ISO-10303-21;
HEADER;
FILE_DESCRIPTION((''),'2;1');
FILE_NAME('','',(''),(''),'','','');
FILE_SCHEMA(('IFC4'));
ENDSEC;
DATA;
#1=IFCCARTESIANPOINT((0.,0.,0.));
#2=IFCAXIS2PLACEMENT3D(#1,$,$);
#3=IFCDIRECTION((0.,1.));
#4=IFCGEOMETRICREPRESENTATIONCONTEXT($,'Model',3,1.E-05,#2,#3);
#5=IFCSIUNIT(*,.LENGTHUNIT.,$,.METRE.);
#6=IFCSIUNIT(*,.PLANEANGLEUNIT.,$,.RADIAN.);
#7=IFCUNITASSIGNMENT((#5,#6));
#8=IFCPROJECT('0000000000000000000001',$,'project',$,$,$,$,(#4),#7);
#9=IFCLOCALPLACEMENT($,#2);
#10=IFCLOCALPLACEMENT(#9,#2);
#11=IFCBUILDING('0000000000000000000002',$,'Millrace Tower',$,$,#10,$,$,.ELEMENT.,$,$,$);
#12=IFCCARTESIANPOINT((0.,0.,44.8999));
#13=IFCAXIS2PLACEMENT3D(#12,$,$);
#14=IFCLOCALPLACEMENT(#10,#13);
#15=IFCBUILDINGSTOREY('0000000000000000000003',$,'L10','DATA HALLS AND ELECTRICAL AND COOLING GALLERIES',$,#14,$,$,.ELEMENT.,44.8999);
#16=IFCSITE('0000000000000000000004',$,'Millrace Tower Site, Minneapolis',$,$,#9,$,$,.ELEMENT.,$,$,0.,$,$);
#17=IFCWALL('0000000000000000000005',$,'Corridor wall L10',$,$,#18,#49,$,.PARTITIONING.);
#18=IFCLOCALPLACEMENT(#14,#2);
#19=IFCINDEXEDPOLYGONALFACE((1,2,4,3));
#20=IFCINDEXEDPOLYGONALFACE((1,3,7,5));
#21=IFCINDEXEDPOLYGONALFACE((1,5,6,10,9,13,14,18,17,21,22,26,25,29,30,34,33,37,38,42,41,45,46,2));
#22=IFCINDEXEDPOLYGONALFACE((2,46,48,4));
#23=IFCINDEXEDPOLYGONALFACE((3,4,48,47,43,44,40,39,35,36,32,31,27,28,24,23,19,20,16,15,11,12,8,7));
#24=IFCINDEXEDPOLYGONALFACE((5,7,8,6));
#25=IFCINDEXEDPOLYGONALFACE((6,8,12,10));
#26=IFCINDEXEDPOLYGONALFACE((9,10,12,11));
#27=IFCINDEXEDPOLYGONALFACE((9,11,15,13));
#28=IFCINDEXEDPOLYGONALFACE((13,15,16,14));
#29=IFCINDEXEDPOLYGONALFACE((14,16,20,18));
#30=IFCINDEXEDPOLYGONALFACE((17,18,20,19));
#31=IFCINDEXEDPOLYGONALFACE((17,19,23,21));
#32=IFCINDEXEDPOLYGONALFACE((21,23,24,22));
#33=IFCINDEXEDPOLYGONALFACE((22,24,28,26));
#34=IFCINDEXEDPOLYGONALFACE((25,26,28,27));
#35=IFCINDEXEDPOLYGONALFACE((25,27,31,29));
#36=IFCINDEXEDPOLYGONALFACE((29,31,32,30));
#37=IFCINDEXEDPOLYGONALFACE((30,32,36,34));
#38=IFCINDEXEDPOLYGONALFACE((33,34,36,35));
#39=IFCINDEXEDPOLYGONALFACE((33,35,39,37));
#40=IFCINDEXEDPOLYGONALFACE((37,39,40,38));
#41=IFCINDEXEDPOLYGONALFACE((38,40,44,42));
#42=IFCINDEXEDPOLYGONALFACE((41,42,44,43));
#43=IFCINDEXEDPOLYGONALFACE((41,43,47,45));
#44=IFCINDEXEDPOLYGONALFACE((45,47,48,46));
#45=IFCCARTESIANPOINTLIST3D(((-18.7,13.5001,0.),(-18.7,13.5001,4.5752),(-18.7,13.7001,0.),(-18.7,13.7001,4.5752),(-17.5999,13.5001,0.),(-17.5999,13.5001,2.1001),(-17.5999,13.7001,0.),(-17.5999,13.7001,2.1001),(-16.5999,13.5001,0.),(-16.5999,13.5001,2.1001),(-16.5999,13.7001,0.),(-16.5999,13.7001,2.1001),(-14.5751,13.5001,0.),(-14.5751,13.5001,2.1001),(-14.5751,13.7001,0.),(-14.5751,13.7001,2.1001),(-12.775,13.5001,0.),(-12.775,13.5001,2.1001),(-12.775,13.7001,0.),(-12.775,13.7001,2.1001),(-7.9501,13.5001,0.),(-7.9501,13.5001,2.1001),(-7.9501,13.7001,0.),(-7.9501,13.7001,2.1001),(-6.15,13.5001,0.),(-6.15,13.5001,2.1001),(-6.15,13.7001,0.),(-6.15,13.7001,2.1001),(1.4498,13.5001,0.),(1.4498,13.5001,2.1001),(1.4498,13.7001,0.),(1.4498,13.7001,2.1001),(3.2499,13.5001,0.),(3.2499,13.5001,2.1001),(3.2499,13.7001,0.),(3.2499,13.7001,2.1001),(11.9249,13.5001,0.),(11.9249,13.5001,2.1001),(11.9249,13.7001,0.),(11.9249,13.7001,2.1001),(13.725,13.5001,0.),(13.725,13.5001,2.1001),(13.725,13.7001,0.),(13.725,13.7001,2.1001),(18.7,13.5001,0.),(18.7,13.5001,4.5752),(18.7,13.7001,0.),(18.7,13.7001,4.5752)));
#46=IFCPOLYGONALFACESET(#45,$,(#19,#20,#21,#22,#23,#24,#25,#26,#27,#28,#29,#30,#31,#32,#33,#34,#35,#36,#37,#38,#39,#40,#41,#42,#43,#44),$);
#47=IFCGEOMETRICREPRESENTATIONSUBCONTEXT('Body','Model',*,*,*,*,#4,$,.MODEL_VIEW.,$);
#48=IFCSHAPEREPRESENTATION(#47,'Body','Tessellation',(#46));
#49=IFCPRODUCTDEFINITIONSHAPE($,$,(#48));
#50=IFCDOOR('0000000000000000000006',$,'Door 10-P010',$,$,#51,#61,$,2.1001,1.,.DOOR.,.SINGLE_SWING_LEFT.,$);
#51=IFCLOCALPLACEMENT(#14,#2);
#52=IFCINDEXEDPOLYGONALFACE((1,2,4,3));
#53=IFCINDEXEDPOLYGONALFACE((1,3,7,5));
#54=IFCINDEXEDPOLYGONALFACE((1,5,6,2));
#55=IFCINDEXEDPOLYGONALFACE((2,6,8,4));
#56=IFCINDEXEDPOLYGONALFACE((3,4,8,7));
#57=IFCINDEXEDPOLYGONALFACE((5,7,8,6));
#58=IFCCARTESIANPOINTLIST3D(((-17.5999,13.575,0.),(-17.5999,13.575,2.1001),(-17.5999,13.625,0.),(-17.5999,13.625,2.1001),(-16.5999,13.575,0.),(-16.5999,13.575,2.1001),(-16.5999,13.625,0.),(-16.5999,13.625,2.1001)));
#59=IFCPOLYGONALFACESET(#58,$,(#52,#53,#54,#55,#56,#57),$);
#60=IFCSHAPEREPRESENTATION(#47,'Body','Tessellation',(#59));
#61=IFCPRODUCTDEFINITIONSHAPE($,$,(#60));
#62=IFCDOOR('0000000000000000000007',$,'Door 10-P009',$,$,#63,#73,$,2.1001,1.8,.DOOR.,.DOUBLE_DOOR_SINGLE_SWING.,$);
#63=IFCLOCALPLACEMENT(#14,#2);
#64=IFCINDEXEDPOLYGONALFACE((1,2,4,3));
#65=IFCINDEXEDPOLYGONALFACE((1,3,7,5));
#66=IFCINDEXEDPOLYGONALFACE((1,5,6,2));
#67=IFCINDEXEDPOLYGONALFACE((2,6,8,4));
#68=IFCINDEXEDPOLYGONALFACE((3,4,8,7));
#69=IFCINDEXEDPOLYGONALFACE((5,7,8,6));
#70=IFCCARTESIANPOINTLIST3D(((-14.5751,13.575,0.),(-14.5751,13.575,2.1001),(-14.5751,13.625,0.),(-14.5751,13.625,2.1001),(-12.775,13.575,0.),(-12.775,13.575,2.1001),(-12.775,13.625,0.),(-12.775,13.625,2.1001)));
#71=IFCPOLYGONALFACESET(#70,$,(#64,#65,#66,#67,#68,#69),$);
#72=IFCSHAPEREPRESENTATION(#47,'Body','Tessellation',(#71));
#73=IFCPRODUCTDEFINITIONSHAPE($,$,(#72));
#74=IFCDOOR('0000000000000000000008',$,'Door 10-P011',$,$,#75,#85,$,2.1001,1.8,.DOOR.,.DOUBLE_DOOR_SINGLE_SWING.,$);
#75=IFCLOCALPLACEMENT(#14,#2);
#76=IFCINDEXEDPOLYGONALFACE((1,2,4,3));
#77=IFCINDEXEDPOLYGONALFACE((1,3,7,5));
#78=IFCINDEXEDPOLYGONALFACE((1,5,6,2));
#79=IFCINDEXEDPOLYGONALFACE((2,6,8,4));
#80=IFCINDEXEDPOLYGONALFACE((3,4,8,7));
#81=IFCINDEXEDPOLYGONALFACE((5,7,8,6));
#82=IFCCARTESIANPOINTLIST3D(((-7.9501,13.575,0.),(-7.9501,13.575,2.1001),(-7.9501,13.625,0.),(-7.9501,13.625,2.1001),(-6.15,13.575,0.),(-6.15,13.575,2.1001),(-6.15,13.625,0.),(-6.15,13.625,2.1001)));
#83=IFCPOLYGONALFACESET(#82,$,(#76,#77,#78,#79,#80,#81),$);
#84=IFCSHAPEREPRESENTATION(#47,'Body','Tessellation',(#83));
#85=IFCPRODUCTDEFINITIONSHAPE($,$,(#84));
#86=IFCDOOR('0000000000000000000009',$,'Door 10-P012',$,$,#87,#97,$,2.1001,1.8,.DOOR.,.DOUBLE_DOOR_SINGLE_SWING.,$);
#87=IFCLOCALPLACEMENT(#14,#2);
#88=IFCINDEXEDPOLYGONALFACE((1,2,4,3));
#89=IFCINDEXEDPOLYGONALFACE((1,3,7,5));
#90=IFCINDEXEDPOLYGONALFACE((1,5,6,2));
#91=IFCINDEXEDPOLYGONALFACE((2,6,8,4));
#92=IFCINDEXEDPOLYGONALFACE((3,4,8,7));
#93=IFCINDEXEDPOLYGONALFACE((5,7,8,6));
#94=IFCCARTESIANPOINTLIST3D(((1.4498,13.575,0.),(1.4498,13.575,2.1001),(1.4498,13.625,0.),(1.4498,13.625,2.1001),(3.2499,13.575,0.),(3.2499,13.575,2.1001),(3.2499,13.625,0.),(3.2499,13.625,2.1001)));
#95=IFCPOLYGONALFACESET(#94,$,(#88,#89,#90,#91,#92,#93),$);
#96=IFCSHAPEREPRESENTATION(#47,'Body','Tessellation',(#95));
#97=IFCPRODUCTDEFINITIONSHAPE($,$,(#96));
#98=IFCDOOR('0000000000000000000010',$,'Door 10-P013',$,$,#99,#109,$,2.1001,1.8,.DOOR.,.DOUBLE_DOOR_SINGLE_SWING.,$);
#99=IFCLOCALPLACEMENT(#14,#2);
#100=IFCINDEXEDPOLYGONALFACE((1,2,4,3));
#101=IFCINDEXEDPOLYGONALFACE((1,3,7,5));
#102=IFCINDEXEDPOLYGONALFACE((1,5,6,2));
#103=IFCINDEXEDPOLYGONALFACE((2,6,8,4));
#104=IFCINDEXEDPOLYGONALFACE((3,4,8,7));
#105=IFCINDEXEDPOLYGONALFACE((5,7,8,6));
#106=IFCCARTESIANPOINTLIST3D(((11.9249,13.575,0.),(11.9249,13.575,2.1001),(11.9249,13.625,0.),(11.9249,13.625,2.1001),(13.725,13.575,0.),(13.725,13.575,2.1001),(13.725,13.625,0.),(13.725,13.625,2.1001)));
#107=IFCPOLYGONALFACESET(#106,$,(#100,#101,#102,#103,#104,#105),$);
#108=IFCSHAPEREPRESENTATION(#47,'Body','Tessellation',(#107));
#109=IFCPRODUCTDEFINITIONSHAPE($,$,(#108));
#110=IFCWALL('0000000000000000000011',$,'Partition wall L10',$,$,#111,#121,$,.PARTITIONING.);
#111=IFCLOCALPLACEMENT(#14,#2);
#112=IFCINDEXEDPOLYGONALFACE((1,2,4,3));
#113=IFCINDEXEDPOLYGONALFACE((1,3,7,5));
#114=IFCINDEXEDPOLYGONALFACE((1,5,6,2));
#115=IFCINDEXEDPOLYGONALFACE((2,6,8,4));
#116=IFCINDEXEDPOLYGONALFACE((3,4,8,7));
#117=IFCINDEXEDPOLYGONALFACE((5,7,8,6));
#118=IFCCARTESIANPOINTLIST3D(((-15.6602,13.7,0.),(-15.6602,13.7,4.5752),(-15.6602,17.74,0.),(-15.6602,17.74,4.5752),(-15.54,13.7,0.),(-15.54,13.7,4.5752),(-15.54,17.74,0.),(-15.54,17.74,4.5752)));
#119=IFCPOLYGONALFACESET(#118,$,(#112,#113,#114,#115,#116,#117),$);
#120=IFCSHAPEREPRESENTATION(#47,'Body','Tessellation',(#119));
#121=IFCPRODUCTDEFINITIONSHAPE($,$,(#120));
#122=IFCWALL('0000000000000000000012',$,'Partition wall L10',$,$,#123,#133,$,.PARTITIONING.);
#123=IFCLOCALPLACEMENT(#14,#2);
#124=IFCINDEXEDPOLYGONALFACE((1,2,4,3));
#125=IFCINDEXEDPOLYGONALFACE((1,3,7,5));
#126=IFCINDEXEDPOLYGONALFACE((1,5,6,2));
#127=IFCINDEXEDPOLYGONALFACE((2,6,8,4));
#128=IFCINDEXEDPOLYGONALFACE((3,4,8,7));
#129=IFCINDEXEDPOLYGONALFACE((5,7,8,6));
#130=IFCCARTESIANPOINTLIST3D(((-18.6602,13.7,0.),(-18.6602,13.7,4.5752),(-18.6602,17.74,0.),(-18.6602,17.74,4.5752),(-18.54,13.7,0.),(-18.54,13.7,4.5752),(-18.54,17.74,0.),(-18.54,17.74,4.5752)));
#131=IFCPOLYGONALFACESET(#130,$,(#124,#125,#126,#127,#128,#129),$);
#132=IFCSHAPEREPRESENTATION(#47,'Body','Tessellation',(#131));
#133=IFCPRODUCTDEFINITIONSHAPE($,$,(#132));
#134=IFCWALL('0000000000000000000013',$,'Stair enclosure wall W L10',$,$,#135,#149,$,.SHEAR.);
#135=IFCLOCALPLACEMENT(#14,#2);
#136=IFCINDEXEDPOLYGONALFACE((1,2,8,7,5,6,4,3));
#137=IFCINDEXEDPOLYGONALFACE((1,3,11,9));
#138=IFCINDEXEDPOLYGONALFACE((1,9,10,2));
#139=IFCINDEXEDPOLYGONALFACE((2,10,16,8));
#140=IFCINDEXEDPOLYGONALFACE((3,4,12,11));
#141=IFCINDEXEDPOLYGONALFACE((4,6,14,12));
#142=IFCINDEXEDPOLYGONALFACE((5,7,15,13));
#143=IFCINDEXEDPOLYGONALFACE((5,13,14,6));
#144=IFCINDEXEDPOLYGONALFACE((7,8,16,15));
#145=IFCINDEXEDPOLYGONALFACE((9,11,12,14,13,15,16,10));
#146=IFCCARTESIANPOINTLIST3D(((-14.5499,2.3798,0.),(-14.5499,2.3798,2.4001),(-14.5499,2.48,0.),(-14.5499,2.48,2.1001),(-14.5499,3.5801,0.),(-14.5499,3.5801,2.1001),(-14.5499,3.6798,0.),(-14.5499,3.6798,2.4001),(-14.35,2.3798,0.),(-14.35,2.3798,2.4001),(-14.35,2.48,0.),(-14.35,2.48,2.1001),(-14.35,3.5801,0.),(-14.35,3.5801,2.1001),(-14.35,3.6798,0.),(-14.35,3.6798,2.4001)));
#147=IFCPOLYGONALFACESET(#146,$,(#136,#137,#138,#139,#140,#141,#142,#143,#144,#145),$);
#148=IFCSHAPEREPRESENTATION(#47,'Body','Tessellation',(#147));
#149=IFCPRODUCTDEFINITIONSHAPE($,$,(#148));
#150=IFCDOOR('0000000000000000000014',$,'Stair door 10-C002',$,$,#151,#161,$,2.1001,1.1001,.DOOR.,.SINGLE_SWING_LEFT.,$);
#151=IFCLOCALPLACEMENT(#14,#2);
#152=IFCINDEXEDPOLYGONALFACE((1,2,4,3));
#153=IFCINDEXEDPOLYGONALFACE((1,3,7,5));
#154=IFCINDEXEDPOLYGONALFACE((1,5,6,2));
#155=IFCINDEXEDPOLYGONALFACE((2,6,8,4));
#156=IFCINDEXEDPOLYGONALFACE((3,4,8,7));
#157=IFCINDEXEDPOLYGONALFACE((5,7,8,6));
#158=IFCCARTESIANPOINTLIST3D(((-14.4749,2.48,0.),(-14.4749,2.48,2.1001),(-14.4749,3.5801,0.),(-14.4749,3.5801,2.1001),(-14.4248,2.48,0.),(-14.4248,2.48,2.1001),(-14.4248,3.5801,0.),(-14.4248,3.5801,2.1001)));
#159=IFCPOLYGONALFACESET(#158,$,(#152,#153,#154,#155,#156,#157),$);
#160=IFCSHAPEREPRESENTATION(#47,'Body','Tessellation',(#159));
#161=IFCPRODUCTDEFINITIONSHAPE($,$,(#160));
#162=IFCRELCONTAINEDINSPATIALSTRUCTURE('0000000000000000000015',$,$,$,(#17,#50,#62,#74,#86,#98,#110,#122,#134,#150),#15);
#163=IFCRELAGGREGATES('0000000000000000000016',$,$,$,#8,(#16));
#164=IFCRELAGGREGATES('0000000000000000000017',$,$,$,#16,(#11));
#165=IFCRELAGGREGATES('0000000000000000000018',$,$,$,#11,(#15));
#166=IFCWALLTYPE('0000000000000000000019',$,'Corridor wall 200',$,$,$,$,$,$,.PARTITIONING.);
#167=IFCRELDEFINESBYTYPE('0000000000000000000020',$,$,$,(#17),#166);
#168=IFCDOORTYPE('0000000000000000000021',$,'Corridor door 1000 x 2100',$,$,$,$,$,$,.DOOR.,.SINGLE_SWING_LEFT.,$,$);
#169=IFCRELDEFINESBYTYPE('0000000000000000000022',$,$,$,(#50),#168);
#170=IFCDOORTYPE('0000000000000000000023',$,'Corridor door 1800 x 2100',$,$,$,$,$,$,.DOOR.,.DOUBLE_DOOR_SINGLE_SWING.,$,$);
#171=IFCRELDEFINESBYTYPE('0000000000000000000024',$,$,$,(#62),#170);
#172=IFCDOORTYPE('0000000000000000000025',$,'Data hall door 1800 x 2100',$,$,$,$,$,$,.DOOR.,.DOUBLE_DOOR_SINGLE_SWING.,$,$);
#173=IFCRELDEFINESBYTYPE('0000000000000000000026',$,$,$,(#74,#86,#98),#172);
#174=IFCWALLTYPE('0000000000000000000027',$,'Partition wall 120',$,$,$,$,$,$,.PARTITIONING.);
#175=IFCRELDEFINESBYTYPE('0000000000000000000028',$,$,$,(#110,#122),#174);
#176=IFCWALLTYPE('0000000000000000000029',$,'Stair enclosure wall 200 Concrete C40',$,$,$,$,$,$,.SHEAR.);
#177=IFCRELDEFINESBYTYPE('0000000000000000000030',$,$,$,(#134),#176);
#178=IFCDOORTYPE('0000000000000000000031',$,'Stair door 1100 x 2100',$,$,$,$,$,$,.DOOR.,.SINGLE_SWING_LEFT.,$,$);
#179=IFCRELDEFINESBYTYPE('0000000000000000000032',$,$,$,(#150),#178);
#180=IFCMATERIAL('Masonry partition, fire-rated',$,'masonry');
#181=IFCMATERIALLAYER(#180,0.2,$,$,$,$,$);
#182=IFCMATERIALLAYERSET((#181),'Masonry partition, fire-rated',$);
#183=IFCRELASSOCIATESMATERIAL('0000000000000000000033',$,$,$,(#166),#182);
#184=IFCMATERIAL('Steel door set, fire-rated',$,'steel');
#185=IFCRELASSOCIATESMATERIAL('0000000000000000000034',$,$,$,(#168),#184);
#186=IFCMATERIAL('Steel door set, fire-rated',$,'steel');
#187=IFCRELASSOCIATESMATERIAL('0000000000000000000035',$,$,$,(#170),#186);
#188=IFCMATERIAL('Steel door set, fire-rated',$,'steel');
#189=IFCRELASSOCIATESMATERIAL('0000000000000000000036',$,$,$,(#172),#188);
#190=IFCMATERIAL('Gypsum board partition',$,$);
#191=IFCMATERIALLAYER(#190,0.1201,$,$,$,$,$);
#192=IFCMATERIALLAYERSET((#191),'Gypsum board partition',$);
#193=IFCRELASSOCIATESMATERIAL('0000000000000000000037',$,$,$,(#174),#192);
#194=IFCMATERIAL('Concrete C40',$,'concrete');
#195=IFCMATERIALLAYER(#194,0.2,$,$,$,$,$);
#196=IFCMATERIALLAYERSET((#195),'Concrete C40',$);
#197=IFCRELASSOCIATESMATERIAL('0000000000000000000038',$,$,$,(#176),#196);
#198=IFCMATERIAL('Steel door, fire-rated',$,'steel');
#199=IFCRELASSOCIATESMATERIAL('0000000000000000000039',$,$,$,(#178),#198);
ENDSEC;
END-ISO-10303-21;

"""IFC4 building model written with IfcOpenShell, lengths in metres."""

from ifc_helpers import new_model, si_unit, direction, frame, frame_2d, origin, place, context, subcontext, project, spatial, rectangle, extrude, material, layer, layer_set, type_object, element, fill, save


model = new_model("IFC4")

# Units and contexts
model_context = context("Model", 3, precision=1e-05, world=origin(), true_north=direction((0.0, 1.0)))
body_context = subcontext(model_context, "Body", "Model", "MODEL_VIEW")
ifc_project = project(units=[si_unit("LENGTHUNIT", "METRE"), si_unit("PLANEANGLEUNIT", "RADIAN")], contexts=[model_context])

# Site, building, storey
site_placement = place(None, origin())
site = spatial("IfcSite", under=ifc_project, at=site_placement, Name="Millrace Tower Site, Minneapolis", CompositionType="ELEMENT", RefElevation=0.0)
building_placement = place(site_placement, origin())
building = spatial("IfcBuilding", under=site, at=building_placement, Name="Millrace Tower", CompositionType="ELEMENT")
storey_placement = place(building_placement, frame((0.0, 0.0, 44.8999)))
storey = spatial("IfcBuildingStorey", under=building, at=storey_placement, Name="L10", Description="DATA HALLS AND ELECTRICAL AND COOLING GALLERIES", CompositionType="ELEMENT", Elevation=44.8999)

# Shared definitions
ifc_material_1 = material(Name="Masonry partition, fire-rated", Category="masonry")
ifc_layer_1 = layer(ifc_material_1, 0.2)
ifc_layer_set_1 = layer_set([ifc_layer_1], Name="Masonry partition, fire-rated")
wall_type_1 = type_object("IfcWallType", Name="Corridor wall 200", PredefinedType="PARTITIONING", material=ifc_layer_set_1)

# Wall, openings, doors
wall_1_placement = place(storey_placement, frame((-18.7, 13.6001, 0.0), z_axis=(0.0, 0.0, 1.0), x_axis=(1.0, 0.0, 0.0)))
wall_1 = element("IfcWall", 1, at=wall_1_placement, inside=storey, type_object=wall_type_1, Name="Corridor wall L10", PredefinedType="PARTITIONING", context=body_context, shape_type="SweptSolid", body=[
    extrude(rectangle(XDim=37.3999, YDim=0.2, at=frame_2d((18.7, 0.0))), origin(), (0.0, 0.0, 1.0), 4.5752),
])
opening_1_placement = place(wall_1_placement, frame((4.125, 0.0, 0.0)))
opening_1 = element("IfcOpeningElement", 2, at=opening_1_placement, cuts=wall_1, PredefinedType="OPENING", context=body_context, shape_type="SweptSolid", body=[
    extrude(rectangle(XDim=1.8, YDim=2.1001, at=frame_2d((0.8999, 1.05))), frame((0.0, 0.1099, 0.0), z_axis=(0.0, -1.0, 0.0), x_axis=(1.0, 0.0, 0.0)), (0.0, 0.0, 1.0), 0.22),
])
opening_2_placement = place(wall_1_placement, frame((1.1001, 0.0, 0.0)))
opening_2 = element("IfcOpeningElement", 3, at=opening_2_placement, cuts=wall_1, PredefinedType="OPENING", context=body_context, shape_type="SweptSolid", body=[
    extrude(rectangle(XDim=1.0, YDim=2.1001, at=frame_2d((0.5, 1.05))), frame((0.0, 0.1099, 0.0), z_axis=(0.0, -1.0, 0.0), x_axis=(1.0, 0.0, 0.0)), (0.0, 0.0, 1.0), 0.22),
])
opening_3_placement = place(wall_1_placement, frame((10.75, 0.0, 0.0)))
opening_3 = element("IfcOpeningElement", 4, at=opening_3_placement, cuts=wall_1, PredefinedType="OPENING", context=body_context, shape_type="SweptSolid", body=[
    extrude(rectangle(XDim=1.8, YDim=2.1001, at=frame_2d((0.8999, 1.05))), frame((0.0, 0.1099, 0.0), z_axis=(0.0, -1.0, 0.0), x_axis=(1.0, 0.0, 0.0)), (0.0, 0.0, 1.0), 0.22),
])
opening_4_placement = place(wall_1_placement, frame((20.1499, 0.0, 0.0)))
opening_4 = element("IfcOpeningElement", 5, at=opening_4_placement, cuts=wall_1, PredefinedType="OPENING", context=body_context, shape_type="SweptSolid", body=[
    extrude(rectangle(XDim=1.8, YDim=2.1001, at=frame_2d((0.8999, 1.05))), frame((0.0, 0.1099, 0.0), z_axis=(0.0, -1.0, 0.0), x_axis=(1.0, 0.0, 0.0)), (0.0, 0.0, 1.0), 0.22),
])
opening_5_placement = place(wall_1_placement, frame((30.625, 0.0, 0.0)))
opening_5 = element("IfcOpeningElement", 6, at=opening_5_placement, cuts=wall_1, PredefinedType="OPENING", context=body_context, shape_type="SweptSolid", body=[
    extrude(rectangle(XDim=1.8, YDim=2.1001, at=frame_2d((0.8999, 1.05))), frame((0.0, 0.1099, 0.0), z_axis=(0.0, -1.0, 0.0), x_axis=(1.0, 0.0, 0.0)), (0.0, 0.0, 1.0), 0.22),
])
ifc_material_2 = material(Name="Steel door set, fire-rated", Category="steel")
door_type_1 = type_object("IfcDoorType", Name="Corridor door 1000 x 2100", OperationType="SINGLE_SWING_LEFT", PredefinedType="DOOR", material=ifc_material_2)
door_1_placement = place(opening_2_placement, origin())
door_1 = element("IfcDoor", 7, at=door_1_placement, inside=storey, type_object=door_type_1, Name="Door 10-P010", OperationType="SINGLE_SWING_LEFT", OverallHeight=2.1001, OverallWidth=1.0, PredefinedType="DOOR", context=body_context, shape_type="SweptSolid", body=[
    extrude(rectangle(XDim=1.0, YDim=2.1001, at=frame_2d((0.5, 1.05))), frame((0.0, 0.0249, 0.0), z_axis=(0.0, -1.0, 0.0), x_axis=(1.0, 0.0, 0.0)), (0.0, 0.0, 1.0), 0.05),
])
fill(opening_2, door_1)
ifc_material_3 = material(Name="Steel door set, fire-rated", Category="steel")
door_type_2 = type_object("IfcDoorType", Name="Corridor door 1800 x 2100", OperationType="DOUBLE_DOOR_SINGLE_SWING", PredefinedType="DOOR", material=ifc_material_3)
door_2_placement = place(opening_1_placement, origin())
door_2 = element("IfcDoor", 8, at=door_2_placement, inside=storey, type_object=door_type_2, Name="Door 10-P009", OperationType="DOUBLE_DOOR_SINGLE_SWING", OverallHeight=2.1001, OverallWidth=1.8, PredefinedType="DOOR", context=body_context, shape_type="SweptSolid", body=[
    extrude(rectangle(XDim=1.8, YDim=2.1001, at=frame_2d((0.8999, 1.05))), frame((0.0, 0.0249, 0.0), z_axis=(0.0, -1.0, 0.0), x_axis=(1.0, 0.0, 0.0)), (0.0, 0.0, 1.0), 0.05),
])
fill(opening_1, door_2)
ifc_material_4 = material(Name="Steel door set, fire-rated", Category="steel")
door_type_3 = type_object("IfcDoorType", Name="Data hall door 1800 x 2100", OperationType="DOUBLE_DOOR_SINGLE_SWING", PredefinedType="DOOR", material=ifc_material_4)
door_3_placement = place(opening_3_placement, origin())
door_3 = element("IfcDoor", 9, at=door_3_placement, inside=storey, type_object=door_type_3, Name="Door 10-P011", OperationType="DOUBLE_DOOR_SINGLE_SWING", OverallHeight=2.1001, OverallWidth=1.8, PredefinedType="DOOR", context=body_context, shape_type="SweptSolid", body=[
    extrude(rectangle(XDim=1.8, YDim=2.1001, at=frame_2d((0.8999, 1.05))), frame((0.0, 0.0249, 0.0), z_axis=(0.0, -1.0, 0.0), x_axis=(1.0, 0.0, 0.0)), (0.0, 0.0, 1.0), 0.05),
])
fill(opening_3, door_3)
door_4_placement = place(opening_4_placement, origin())
door_4 = element("IfcDoor", 10, at=door_4_placement, inside=storey, type_object=door_type_3, Name="Door 10-P012", OperationType="DOUBLE_DOOR_SINGLE_SWING", OverallHeight=2.1001, OverallWidth=1.8, PredefinedType="DOOR", context=body_context, shape_type="SweptSolid", body=[
    extrude(rectangle(XDim=1.8, YDim=2.1001, at=frame_2d((0.8999, 1.05))), frame((0.0, 0.0249, 0.0), z_axis=(0.0, -1.0, 0.0), x_axis=(1.0, 0.0, 0.0)), (0.0, 0.0, 1.0), 0.05),
])
fill(opening_4, door_4)
door_5_placement = place(opening_5_placement, origin())
door_5 = element("IfcDoor", 11, at=door_5_placement, inside=storey, type_object=door_type_3, Name="Door 10-P013", OperationType="DOUBLE_DOOR_SINGLE_SWING", OverallHeight=2.1001, OverallWidth=1.8, PredefinedType="DOOR", context=body_context, shape_type="SweptSolid", body=[
    extrude(rectangle(XDim=1.8, YDim=2.1001, at=frame_2d((0.8999, 1.05))), frame((0.0, 0.0249, 0.0), z_axis=(0.0, -1.0, 0.0), x_axis=(1.0, 0.0, 0.0)), (0.0, 0.0, 1.0), 0.05),
])
fill(opening_5, door_5)

# Walls
ifc_material_5 = material(Name="Gypsum board partition")
ifc_layer_2 = layer(ifc_material_5, 0.1201)
ifc_layer_set_2 = layer_set([ifc_layer_2], Name="Gypsum board partition")
wall_type_2 = type_object("IfcWallType", Name="Partition wall 120", PredefinedType="PARTITIONING", material=ifc_layer_set_2)
for number, where, z_axis, x_axis, name in (
    (12, (-15.6001, 13.7, 0.0), (0.0, 0.0, 1.0), (0.0, 1.0, 0.0), "Partition wall L10"),
    (13, (-18.6001, 13.7, 0.0), (0.0, 0.0, 1.0), (0.0, 1.0, 0.0), "Partition wall L10"),
):
    element("IfcWall", number, at=place(storey_placement, frame(where, z_axis=z_axis, x_axis=x_axis)), inside=storey, type_object=wall_type_2, Name=name, PredefinedType="PARTITIONING", context=body_context, shape_type="SweptSolid", body=[
        extrude(rectangle(XDim=4.04, YDim=0.1201, at=frame_2d((2.02, 0.0))), origin(), (0.0, 0.0, 1.0), 4.5752),
    ])

# Wall, opening, door
ifc_material_6 = material(Name="Concrete C40", Category="concrete")
ifc_layer_3 = layer(ifc_material_6, 0.2)
ifc_layer_set_3 = layer_set([ifc_layer_3], Name="Concrete C40")
wall_type_3 = type_object("IfcWallType", Name="Stair enclosure wall 200 Concrete C40", PredefinedType="SHEAR", material=ifc_layer_set_3)
wall_2_placement = place(storey_placement, frame((-14.45, 2.3799, 0.0), z_axis=(0.0, 0.0, 1.0), x_axis=(0.0, 1.0, 0.0)))
wall_2 = element("IfcWall", 14, at=wall_2_placement, inside=storey, type_object=wall_type_3, Name="Stair enclosure wall W L10", PredefinedType="SHEAR", context=body_context, shape_type="SweptSolid", body=[
    extrude(rectangle(XDim=1.3, YDim=0.2, at=frame_2d((0.6499, 0.0))), origin(), (0.0, 0.0, 1.0), 2.4001),
])
opening_6_placement = place(wall_2_placement, frame((0.1001, 0.0, 0.0)))
opening_6 = element("IfcOpeningElement", 15, at=opening_6_placement, cuts=wall_2, PredefinedType="OPENING", context=body_context, shape_type="SweptSolid", body=[
    extrude(rectangle(XDim=1.1001, YDim=2.1001, at=frame_2d((0.55, 1.05))), frame((0.0, 0.1099, 0.0), z_axis=(0.0, -1.0, 0.0), x_axis=(1.0, 0.0, 0.0)), (0.0, 0.0, 1.0), 0.22),
])
ifc_material_7 = material(Name="Steel door, fire-rated", Category="steel")
door_type_4 = type_object("IfcDoorType", Name="Stair door 1100 x 2100", OperationType="SINGLE_SWING_LEFT", PredefinedType="DOOR", material=ifc_material_7)
door_6_placement = place(opening_6_placement, origin())
door_6 = element("IfcDoor", 16, at=door_6_placement, inside=storey, type_object=door_type_4, Name="Stair door 10-C002", OperationType="SINGLE_SWING_LEFT", OverallHeight=2.1001, OverallWidth=1.1001, PredefinedType="DOOR", context=body_context, shape_type="SweptSolid", body=[
    extrude(rectangle(XDim=1.1001, YDim=2.1001, at=frame_2d((0.55, 1.05))), frame((0.0, 0.0249, 0.0), z_axis=(0.0, -1.0, 0.0), x_axis=(1.0, 0.0, 0.0)), (0.0, 0.0, 1.0), 0.05),
])
fill(opening_6, door_6)

save(model, "model.ifc")
